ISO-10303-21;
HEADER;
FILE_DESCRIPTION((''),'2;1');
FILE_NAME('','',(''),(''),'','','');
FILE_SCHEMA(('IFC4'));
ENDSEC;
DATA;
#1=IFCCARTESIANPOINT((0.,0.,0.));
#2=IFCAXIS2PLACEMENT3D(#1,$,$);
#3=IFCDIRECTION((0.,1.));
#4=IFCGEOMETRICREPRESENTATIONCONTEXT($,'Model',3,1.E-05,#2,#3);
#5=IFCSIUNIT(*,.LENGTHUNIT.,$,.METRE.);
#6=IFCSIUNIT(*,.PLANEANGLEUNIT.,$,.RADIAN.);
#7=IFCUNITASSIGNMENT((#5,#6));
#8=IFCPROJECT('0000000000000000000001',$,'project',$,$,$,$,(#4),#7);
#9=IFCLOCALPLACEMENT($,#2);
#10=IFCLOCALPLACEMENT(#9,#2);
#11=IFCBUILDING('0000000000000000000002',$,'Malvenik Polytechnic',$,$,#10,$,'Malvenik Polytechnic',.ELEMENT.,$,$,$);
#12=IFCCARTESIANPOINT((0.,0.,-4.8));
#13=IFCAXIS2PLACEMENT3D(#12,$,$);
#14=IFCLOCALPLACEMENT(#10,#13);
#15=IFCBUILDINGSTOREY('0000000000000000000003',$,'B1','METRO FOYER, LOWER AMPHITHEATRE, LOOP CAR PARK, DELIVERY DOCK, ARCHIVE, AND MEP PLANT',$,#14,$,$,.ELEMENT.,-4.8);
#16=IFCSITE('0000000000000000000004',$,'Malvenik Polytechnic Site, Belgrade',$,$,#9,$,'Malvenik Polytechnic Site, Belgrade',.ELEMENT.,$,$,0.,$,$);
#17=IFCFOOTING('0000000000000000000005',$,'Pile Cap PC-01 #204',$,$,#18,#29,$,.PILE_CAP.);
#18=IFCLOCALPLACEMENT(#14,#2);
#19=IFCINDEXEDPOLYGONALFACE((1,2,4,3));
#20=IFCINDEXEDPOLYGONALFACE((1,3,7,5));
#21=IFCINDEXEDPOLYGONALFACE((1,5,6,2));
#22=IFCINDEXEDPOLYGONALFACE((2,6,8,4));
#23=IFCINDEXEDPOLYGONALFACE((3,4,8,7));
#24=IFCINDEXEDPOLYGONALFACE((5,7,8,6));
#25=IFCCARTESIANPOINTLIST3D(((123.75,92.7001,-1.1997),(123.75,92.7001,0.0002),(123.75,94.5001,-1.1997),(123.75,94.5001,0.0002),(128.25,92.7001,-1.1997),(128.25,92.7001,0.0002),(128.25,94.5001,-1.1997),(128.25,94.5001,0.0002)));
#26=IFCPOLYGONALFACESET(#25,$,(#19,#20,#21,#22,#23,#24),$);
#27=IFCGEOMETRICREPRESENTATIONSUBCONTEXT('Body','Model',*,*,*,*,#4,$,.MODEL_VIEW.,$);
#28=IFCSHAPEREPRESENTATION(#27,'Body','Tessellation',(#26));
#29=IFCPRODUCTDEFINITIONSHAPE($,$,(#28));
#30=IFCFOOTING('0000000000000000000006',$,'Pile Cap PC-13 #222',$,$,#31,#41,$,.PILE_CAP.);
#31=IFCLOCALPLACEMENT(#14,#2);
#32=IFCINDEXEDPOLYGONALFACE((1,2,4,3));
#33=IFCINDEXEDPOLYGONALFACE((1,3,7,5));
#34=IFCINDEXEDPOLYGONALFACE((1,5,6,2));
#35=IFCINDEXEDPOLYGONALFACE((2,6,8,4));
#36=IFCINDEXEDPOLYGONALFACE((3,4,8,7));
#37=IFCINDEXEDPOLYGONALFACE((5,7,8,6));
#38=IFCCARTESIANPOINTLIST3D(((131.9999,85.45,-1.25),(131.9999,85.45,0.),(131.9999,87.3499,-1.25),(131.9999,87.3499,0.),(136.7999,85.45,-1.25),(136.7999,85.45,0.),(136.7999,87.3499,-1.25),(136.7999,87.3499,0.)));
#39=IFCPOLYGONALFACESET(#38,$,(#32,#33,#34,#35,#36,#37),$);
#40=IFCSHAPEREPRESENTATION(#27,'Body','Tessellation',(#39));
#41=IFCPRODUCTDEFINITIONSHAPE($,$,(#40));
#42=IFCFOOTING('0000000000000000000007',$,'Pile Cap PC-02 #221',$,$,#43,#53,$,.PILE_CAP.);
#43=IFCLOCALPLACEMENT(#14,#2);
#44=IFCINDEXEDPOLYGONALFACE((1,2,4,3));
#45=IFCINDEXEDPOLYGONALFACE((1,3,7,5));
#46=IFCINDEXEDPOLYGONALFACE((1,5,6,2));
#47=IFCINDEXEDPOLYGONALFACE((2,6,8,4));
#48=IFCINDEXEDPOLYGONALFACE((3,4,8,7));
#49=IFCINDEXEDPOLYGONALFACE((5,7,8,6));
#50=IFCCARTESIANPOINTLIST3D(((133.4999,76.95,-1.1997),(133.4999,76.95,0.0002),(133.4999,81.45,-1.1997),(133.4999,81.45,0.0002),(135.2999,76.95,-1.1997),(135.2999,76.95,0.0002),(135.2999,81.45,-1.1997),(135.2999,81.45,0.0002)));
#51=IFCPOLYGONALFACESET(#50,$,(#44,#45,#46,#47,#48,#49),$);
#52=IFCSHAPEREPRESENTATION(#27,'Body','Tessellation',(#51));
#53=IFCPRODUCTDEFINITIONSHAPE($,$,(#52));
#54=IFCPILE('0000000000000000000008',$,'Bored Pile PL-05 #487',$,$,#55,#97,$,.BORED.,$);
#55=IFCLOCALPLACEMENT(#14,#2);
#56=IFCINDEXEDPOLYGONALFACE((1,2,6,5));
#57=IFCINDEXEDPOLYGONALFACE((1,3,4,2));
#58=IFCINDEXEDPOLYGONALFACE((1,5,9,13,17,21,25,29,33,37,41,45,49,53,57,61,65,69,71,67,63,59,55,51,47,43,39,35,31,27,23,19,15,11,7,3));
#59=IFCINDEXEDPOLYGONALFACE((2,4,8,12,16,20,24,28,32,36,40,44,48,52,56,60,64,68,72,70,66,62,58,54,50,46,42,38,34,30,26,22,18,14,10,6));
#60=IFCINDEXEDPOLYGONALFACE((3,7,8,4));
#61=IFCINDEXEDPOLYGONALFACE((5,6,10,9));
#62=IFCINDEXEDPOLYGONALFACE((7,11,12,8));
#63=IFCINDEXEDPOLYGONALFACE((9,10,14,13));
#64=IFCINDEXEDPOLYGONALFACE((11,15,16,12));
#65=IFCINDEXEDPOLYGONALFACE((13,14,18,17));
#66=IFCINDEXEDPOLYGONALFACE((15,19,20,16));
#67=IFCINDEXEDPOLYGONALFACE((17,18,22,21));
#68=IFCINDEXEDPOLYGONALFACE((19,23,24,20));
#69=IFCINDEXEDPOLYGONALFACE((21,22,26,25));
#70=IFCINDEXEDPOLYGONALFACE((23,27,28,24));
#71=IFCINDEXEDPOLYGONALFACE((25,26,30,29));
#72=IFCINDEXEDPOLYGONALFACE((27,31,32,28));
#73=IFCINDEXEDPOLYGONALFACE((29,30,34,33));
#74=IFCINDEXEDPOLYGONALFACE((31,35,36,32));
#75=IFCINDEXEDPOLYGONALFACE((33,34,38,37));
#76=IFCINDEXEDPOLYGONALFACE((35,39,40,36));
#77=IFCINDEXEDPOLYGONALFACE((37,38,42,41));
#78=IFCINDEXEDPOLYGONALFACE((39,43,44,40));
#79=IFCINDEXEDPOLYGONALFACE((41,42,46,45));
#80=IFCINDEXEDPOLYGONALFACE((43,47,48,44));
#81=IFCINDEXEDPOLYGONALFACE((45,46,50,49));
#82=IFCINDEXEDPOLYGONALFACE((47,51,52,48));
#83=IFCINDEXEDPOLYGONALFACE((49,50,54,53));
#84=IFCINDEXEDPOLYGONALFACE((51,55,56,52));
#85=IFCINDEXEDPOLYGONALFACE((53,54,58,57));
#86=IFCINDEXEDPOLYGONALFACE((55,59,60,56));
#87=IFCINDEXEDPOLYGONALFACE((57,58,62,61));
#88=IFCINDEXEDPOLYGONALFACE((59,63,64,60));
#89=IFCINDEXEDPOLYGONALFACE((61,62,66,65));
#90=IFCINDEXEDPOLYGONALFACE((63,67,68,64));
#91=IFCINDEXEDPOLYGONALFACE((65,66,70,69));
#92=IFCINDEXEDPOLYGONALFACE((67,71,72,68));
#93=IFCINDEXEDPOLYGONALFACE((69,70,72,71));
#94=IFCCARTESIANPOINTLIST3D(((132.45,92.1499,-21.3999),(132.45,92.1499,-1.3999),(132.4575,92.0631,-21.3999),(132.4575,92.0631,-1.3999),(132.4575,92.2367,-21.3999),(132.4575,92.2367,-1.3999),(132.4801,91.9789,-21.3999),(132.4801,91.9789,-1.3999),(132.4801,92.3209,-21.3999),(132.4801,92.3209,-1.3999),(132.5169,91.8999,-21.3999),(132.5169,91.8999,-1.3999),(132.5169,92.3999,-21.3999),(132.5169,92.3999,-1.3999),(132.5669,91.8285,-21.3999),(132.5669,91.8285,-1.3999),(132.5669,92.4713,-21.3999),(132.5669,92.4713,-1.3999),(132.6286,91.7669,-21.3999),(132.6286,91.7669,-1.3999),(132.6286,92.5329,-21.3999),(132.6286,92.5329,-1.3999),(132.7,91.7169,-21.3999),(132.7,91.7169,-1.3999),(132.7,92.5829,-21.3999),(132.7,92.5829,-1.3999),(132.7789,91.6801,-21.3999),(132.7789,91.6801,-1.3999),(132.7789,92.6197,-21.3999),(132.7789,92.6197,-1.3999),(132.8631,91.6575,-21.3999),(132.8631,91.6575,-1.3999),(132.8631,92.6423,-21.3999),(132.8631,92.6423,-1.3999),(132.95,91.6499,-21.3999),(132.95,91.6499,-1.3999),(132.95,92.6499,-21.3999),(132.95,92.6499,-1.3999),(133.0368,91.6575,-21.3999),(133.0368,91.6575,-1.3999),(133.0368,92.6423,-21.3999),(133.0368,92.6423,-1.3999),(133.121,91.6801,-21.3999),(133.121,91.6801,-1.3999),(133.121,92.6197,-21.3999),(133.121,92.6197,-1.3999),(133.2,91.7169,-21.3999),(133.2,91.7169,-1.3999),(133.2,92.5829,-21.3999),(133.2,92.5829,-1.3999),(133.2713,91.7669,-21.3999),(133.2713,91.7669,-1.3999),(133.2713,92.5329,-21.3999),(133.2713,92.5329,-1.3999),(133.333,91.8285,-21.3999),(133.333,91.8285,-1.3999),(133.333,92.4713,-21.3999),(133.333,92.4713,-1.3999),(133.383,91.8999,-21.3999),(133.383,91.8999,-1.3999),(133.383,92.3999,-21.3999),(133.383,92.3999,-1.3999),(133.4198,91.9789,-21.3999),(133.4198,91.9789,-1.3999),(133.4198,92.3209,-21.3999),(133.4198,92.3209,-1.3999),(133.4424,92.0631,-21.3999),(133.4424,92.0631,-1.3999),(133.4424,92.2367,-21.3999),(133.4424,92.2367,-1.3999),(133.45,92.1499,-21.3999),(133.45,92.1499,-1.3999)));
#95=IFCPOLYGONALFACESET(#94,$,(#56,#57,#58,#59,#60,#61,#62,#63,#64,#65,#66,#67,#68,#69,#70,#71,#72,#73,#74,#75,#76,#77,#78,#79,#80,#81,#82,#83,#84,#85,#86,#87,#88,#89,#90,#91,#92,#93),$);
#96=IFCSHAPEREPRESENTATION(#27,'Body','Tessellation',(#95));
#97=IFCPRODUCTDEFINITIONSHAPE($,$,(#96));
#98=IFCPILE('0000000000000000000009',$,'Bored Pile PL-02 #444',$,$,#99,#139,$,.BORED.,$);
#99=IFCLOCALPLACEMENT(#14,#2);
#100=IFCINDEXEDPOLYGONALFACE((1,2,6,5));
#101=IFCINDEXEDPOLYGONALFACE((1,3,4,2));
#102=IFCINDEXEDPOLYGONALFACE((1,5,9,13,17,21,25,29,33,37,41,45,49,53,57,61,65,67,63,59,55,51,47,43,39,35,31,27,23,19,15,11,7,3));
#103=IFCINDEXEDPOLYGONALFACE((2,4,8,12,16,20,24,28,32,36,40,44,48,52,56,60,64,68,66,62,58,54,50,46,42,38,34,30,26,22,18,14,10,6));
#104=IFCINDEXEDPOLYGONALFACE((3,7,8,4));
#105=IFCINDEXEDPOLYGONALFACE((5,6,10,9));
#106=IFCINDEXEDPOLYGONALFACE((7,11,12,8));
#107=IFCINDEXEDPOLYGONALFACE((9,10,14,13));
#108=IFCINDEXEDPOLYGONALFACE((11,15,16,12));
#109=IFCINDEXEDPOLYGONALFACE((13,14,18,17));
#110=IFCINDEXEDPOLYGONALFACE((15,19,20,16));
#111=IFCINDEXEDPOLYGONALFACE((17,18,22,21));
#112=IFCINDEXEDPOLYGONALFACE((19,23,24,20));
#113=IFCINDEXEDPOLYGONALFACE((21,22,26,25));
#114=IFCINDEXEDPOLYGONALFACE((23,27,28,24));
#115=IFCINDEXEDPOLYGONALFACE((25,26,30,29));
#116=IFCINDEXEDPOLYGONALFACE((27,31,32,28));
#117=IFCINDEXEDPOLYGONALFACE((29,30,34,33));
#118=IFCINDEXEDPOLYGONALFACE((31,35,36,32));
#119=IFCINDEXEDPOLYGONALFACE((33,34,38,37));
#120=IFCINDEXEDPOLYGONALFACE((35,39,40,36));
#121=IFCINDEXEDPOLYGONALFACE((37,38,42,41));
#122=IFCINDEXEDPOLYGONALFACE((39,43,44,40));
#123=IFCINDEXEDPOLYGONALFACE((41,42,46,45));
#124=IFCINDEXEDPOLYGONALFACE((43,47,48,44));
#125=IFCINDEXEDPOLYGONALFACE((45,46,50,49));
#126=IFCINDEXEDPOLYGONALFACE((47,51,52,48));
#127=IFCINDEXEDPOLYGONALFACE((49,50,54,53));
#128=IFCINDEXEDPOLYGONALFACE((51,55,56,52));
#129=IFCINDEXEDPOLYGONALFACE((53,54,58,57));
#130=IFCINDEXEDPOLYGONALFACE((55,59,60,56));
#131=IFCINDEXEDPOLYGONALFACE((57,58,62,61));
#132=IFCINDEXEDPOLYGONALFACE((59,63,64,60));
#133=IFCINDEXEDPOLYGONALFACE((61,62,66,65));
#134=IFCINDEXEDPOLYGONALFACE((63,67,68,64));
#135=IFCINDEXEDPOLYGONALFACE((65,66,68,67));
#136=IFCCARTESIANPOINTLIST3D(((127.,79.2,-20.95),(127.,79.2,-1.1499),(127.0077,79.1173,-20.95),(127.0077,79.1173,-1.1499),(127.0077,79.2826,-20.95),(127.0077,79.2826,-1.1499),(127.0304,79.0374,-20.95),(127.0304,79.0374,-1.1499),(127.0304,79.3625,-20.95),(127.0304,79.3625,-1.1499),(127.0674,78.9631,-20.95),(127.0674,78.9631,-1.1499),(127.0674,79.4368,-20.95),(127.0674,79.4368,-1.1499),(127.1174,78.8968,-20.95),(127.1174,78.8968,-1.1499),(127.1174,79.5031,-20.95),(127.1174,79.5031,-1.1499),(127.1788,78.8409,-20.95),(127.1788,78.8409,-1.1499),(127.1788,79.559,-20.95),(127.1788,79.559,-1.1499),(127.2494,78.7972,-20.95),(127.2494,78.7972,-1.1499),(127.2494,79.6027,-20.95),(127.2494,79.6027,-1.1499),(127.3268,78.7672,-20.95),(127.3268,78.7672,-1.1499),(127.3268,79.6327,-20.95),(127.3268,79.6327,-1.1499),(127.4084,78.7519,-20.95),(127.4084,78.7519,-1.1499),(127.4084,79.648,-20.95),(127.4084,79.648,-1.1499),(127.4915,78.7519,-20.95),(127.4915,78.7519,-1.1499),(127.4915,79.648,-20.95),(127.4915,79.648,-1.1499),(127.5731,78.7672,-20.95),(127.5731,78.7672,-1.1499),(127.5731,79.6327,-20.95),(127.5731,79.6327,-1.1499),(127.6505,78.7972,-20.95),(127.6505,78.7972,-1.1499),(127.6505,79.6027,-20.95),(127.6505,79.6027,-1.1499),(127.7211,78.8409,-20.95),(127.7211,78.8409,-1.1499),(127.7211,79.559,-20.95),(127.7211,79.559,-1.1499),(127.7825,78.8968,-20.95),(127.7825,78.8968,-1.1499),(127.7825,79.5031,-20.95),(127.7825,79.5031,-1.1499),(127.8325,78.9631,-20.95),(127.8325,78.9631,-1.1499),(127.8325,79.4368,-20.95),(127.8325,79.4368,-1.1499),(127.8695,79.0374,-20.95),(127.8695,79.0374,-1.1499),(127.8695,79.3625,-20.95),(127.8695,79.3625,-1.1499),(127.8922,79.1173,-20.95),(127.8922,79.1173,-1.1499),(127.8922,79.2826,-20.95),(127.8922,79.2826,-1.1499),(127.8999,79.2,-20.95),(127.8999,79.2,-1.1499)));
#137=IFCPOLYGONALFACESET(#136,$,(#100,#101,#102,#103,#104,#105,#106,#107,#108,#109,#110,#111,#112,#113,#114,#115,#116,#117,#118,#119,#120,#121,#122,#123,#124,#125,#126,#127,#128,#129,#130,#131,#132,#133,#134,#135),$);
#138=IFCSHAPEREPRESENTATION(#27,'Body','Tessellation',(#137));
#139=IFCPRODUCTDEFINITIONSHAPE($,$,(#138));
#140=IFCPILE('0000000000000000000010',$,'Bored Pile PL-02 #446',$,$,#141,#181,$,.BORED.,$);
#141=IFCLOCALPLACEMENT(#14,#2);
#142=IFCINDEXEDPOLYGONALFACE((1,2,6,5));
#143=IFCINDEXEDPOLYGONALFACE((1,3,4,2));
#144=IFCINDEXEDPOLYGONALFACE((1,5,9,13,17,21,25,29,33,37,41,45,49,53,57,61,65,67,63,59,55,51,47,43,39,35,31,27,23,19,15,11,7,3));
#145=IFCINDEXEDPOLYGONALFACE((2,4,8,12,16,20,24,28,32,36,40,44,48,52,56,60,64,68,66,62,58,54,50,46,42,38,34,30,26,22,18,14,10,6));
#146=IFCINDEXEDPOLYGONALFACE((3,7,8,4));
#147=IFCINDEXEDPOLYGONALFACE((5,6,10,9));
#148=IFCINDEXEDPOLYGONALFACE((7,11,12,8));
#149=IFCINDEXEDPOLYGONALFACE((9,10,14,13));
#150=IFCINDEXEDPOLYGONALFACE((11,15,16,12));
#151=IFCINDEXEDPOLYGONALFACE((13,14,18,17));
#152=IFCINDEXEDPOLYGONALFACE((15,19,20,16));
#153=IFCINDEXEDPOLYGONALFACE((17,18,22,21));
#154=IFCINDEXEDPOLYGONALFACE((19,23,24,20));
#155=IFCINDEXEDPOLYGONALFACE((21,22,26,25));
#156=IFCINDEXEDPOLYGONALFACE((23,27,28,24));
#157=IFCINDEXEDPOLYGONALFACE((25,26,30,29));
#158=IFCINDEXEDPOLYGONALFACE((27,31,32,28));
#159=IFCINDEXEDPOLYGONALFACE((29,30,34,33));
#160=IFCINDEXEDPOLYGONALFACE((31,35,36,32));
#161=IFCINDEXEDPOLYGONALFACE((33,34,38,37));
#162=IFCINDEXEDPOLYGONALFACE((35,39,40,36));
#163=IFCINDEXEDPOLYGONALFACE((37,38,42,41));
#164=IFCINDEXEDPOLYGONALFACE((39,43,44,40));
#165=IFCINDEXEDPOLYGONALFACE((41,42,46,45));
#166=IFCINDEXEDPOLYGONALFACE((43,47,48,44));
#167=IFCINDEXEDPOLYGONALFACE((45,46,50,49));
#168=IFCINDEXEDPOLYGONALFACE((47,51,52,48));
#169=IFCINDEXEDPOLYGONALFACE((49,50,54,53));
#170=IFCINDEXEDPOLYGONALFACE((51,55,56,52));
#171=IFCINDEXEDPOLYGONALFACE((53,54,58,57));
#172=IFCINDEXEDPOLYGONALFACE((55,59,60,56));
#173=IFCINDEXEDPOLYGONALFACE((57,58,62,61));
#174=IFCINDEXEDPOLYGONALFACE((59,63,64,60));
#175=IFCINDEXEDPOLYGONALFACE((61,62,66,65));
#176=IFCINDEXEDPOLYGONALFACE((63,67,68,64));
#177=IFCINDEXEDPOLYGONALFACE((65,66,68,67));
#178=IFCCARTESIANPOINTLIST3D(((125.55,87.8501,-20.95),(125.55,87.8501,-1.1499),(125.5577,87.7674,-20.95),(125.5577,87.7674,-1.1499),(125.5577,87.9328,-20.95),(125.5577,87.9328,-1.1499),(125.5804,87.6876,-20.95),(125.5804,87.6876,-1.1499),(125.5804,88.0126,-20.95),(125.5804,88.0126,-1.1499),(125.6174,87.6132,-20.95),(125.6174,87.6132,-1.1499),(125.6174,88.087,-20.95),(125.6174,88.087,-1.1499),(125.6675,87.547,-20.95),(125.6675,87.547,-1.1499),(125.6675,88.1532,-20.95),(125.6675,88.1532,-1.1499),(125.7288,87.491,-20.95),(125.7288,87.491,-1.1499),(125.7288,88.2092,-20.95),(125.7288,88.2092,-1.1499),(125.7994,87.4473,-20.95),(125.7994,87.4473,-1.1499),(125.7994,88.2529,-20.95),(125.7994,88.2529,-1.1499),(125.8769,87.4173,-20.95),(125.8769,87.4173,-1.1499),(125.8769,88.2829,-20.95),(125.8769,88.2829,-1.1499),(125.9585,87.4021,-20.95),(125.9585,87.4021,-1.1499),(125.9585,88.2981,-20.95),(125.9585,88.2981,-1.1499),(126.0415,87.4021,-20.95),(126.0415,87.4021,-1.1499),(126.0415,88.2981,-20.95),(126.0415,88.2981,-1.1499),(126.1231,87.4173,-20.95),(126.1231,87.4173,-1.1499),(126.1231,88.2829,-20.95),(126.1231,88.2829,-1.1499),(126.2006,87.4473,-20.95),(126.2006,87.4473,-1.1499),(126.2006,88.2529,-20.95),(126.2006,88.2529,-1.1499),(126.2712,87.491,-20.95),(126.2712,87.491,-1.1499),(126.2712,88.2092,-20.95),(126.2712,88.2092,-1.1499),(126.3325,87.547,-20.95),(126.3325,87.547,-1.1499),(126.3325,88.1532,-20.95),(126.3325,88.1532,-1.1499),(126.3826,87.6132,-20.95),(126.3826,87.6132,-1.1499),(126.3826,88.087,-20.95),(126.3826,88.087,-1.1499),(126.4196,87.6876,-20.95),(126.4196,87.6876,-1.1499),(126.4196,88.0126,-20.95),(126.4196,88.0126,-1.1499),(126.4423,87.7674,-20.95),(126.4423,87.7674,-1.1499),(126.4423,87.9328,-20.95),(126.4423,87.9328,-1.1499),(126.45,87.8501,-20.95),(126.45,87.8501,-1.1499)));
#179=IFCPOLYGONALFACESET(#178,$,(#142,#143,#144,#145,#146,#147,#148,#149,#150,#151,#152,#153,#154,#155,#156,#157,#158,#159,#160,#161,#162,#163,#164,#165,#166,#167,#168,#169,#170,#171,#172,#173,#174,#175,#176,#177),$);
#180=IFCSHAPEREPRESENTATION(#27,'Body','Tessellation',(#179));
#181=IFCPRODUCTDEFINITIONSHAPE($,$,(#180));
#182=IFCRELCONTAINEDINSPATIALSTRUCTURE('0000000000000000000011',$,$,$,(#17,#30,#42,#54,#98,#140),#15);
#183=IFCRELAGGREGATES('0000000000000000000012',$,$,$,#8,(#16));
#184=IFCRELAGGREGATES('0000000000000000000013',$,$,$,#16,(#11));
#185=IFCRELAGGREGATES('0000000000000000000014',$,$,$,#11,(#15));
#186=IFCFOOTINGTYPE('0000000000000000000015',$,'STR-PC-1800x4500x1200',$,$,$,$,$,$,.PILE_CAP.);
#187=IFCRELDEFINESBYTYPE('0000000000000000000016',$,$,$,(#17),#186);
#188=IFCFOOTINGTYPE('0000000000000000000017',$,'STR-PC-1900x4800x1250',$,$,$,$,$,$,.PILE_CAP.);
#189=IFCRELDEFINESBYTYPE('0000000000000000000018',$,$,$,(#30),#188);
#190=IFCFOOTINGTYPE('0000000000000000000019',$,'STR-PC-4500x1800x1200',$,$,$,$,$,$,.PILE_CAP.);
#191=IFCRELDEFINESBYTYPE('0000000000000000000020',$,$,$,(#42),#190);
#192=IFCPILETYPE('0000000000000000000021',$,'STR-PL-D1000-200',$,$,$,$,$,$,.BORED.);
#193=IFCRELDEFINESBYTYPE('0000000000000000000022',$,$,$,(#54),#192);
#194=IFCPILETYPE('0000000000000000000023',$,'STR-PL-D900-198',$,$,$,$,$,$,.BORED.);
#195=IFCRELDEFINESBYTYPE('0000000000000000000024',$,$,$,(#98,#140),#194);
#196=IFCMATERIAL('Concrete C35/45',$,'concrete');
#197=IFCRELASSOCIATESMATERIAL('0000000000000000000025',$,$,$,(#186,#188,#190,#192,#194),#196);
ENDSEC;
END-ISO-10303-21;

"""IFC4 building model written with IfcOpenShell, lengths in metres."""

from ifc_helpers import new_model, si_unit, direction, frame, origin, origin_2d, place, context, subcontext, project, spatial, rectangle, circle, extrude, material, material_profile, profile_set, type_object, element, save


model = new_model("IFC4")

# Units and contexts
model_context = context("Model", 3, precision=1e-05, world=origin(), true_north=direction((0.0, 1.0)))
body_context = subcontext(model_context, "Body", "Model", "MODEL_VIEW")
ifc_project = project(units=[si_unit("LENGTHUNIT", "METRE"), si_unit("PLANEANGLEUNIT", "RADIAN")], contexts=[model_context])

# Site, building, storey
site_placement = place(None, origin())
site = spatial("IfcSite", under=ifc_project, at=site_placement, Name="Malvenik Polytechnic Site, Belgrade", LongName="Malvenik Polytechnic Site, Belgrade", CompositionType="ELEMENT", RefElevation=0.0)
building_placement = place(site_placement, origin())
building = spatial("IfcBuilding", under=site, at=building_placement, Name="Malvenik Polytechnic", LongName="Malvenik Polytechnic", CompositionType="ELEMENT")
storey_placement = place(building_placement, frame((0.0, 0.0, -4.8)))
storey = spatial("IfcBuildingStorey", under=building, at=storey_placement, Name="B1", Description="METRO FOYER, LOWER AMPHITHEATRE, LOOP CAR PARK, DELIVERY DOCK, ARCHIVE, AND MEP PLANT", CompositionType="ELEMENT", Elevation=-4.8)

# Footings
ifc_material_1 = material(Name="Concrete C35/45", Category="concrete")
footing_type_1 = type_object("IfcFootingType", Name="STR-PC-1800x4500x1200", PredefinedType="PILE_CAP", material=ifc_material_1)
footing_1_placement = place(storey_placement, frame((126.0, 93.6001, -1.1997), z_axis=(0.0, 0.0, 1.0), x_axis=(1.0, 0.0, 0.0)))
element("IfcFooting", 1, at=footing_1_placement, inside=storey, type_object=footing_type_1, Name="Pile Cap PC-01 #204", PredefinedType="PILE_CAP", context=body_context, shape_type="SweptSolid", body=[
    extrude(rectangle(XDim=4.5, YDim=1.8, at=origin_2d()), origin(), (0.0, 0.0, 1.0), 1.2),
])
footing_type_2 = type_object("IfcFootingType", Name="STR-PC-1900x4800x1250", PredefinedType="PILE_CAP", material=ifc_material_1)
footing_2_placement = place(storey_placement, frame((134.3999, 86.3999, -1.25), z_axis=(0.0, 0.0, 1.0), x_axis=(1.0, 0.0, 0.0)))
element("IfcFooting", 2, at=footing_2_placement, inside=storey, type_object=footing_type_2, Name="Pile Cap PC-13 #222", PredefinedType="PILE_CAP", context=body_context, shape_type="SweptSolid", body=[
    extrude(rectangle(XDim=4.8, YDim=1.8999, at=origin_2d()), origin(), (0.0, 0.0, 1.0), 1.25),
])
footing_type_3 = type_object("IfcFootingType", Name="STR-PC-4500x1800x1200", PredefinedType="PILE_CAP", material=ifc_material_1)
footing_3_placement = place(storey_placement, frame((134.3999, 79.2, -1.1997), z_axis=(0.0, 0.0, 1.0), x_axis=(1.0, 0.0, 0.0)))
element("IfcFooting", 3, at=footing_3_placement, inside=storey, type_object=footing_type_3, Name="Pile Cap PC-02 #221", PredefinedType="PILE_CAP", context=body_context, shape_type="SweptSolid", body=[
    extrude(rectangle(XDim=1.8, YDim=4.5, at=origin_2d()), origin(), (0.0, 0.0, 1.0), 1.2),
])

# Piles
ifc_material_profile_1 = material_profile(ifc_material_1, circle(Radius=0.5, at=origin_2d()), Name="BORED PILE D1000")
ifc_profile_set_1 = profile_set([ifc_material_profile_1], Name="Concrete C35/45")
pile_type_1 = type_object("IfcPileType", Name="STR-PL-D1000-200", PredefinedType="BORED", material=ifc_profile_set_1)
pile_placement = place(storey_placement, frame((132.95, 92.1499, -1.3999), z_axis=(0.0, 0.0, -1.0), x_axis=(1.0, 0.0, 0.0)))
element("IfcPile", 4, at=pile_placement, inside=storey, type_object=pile_type_1, Name="Bored Pile PL-05 #487", PredefinedType="BORED", context=body_context, shape_type="SweptSolid", body=[
    extrude(circle(Radius=0.5, at=origin_2d()), origin(), (0.0, 0.0, 1.0), 20.0),
])
ifc_material_profile_2 = material_profile(ifc_material_1, circle(Radius=0.45, at=origin_2d()), Name="BORED PILE D900")
ifc_profile_set_2 = profile_set([ifc_material_profile_2], Name="Concrete C35/45")
pile_type_2 = type_object("IfcPileType", Name="STR-PL-D900-198", PredefinedType="BORED", material=ifc_profile_set_2)
for number, where, z_axis, x_axis, name in (
    (5, (127.45, 79.2, -1.1499), (0.0, 0.0, -1.0), (1.0, 0.0, 0.0), "Bored Pile PL-02 #444"),
    (6, (126.0, 87.8501, -1.1499), (0.0, 0.0, -1.0), (1.0, 0.0, 0.0), "Bored Pile PL-02 #446"),
):
    element("IfcPile", number, at=place(storey_placement, frame(where, z_axis=z_axis, x_axis=x_axis)), inside=storey, type_object=pile_type_2, Name=name, PredefinedType="BORED", context=body_context, shape_type="SweptSolid", body=[
        extrude(circle(Radius=0.45, at=origin_2d()), origin(), (0.0, 0.0, 1.0), 19.8),
    ])

save(model, "model.ifc")
